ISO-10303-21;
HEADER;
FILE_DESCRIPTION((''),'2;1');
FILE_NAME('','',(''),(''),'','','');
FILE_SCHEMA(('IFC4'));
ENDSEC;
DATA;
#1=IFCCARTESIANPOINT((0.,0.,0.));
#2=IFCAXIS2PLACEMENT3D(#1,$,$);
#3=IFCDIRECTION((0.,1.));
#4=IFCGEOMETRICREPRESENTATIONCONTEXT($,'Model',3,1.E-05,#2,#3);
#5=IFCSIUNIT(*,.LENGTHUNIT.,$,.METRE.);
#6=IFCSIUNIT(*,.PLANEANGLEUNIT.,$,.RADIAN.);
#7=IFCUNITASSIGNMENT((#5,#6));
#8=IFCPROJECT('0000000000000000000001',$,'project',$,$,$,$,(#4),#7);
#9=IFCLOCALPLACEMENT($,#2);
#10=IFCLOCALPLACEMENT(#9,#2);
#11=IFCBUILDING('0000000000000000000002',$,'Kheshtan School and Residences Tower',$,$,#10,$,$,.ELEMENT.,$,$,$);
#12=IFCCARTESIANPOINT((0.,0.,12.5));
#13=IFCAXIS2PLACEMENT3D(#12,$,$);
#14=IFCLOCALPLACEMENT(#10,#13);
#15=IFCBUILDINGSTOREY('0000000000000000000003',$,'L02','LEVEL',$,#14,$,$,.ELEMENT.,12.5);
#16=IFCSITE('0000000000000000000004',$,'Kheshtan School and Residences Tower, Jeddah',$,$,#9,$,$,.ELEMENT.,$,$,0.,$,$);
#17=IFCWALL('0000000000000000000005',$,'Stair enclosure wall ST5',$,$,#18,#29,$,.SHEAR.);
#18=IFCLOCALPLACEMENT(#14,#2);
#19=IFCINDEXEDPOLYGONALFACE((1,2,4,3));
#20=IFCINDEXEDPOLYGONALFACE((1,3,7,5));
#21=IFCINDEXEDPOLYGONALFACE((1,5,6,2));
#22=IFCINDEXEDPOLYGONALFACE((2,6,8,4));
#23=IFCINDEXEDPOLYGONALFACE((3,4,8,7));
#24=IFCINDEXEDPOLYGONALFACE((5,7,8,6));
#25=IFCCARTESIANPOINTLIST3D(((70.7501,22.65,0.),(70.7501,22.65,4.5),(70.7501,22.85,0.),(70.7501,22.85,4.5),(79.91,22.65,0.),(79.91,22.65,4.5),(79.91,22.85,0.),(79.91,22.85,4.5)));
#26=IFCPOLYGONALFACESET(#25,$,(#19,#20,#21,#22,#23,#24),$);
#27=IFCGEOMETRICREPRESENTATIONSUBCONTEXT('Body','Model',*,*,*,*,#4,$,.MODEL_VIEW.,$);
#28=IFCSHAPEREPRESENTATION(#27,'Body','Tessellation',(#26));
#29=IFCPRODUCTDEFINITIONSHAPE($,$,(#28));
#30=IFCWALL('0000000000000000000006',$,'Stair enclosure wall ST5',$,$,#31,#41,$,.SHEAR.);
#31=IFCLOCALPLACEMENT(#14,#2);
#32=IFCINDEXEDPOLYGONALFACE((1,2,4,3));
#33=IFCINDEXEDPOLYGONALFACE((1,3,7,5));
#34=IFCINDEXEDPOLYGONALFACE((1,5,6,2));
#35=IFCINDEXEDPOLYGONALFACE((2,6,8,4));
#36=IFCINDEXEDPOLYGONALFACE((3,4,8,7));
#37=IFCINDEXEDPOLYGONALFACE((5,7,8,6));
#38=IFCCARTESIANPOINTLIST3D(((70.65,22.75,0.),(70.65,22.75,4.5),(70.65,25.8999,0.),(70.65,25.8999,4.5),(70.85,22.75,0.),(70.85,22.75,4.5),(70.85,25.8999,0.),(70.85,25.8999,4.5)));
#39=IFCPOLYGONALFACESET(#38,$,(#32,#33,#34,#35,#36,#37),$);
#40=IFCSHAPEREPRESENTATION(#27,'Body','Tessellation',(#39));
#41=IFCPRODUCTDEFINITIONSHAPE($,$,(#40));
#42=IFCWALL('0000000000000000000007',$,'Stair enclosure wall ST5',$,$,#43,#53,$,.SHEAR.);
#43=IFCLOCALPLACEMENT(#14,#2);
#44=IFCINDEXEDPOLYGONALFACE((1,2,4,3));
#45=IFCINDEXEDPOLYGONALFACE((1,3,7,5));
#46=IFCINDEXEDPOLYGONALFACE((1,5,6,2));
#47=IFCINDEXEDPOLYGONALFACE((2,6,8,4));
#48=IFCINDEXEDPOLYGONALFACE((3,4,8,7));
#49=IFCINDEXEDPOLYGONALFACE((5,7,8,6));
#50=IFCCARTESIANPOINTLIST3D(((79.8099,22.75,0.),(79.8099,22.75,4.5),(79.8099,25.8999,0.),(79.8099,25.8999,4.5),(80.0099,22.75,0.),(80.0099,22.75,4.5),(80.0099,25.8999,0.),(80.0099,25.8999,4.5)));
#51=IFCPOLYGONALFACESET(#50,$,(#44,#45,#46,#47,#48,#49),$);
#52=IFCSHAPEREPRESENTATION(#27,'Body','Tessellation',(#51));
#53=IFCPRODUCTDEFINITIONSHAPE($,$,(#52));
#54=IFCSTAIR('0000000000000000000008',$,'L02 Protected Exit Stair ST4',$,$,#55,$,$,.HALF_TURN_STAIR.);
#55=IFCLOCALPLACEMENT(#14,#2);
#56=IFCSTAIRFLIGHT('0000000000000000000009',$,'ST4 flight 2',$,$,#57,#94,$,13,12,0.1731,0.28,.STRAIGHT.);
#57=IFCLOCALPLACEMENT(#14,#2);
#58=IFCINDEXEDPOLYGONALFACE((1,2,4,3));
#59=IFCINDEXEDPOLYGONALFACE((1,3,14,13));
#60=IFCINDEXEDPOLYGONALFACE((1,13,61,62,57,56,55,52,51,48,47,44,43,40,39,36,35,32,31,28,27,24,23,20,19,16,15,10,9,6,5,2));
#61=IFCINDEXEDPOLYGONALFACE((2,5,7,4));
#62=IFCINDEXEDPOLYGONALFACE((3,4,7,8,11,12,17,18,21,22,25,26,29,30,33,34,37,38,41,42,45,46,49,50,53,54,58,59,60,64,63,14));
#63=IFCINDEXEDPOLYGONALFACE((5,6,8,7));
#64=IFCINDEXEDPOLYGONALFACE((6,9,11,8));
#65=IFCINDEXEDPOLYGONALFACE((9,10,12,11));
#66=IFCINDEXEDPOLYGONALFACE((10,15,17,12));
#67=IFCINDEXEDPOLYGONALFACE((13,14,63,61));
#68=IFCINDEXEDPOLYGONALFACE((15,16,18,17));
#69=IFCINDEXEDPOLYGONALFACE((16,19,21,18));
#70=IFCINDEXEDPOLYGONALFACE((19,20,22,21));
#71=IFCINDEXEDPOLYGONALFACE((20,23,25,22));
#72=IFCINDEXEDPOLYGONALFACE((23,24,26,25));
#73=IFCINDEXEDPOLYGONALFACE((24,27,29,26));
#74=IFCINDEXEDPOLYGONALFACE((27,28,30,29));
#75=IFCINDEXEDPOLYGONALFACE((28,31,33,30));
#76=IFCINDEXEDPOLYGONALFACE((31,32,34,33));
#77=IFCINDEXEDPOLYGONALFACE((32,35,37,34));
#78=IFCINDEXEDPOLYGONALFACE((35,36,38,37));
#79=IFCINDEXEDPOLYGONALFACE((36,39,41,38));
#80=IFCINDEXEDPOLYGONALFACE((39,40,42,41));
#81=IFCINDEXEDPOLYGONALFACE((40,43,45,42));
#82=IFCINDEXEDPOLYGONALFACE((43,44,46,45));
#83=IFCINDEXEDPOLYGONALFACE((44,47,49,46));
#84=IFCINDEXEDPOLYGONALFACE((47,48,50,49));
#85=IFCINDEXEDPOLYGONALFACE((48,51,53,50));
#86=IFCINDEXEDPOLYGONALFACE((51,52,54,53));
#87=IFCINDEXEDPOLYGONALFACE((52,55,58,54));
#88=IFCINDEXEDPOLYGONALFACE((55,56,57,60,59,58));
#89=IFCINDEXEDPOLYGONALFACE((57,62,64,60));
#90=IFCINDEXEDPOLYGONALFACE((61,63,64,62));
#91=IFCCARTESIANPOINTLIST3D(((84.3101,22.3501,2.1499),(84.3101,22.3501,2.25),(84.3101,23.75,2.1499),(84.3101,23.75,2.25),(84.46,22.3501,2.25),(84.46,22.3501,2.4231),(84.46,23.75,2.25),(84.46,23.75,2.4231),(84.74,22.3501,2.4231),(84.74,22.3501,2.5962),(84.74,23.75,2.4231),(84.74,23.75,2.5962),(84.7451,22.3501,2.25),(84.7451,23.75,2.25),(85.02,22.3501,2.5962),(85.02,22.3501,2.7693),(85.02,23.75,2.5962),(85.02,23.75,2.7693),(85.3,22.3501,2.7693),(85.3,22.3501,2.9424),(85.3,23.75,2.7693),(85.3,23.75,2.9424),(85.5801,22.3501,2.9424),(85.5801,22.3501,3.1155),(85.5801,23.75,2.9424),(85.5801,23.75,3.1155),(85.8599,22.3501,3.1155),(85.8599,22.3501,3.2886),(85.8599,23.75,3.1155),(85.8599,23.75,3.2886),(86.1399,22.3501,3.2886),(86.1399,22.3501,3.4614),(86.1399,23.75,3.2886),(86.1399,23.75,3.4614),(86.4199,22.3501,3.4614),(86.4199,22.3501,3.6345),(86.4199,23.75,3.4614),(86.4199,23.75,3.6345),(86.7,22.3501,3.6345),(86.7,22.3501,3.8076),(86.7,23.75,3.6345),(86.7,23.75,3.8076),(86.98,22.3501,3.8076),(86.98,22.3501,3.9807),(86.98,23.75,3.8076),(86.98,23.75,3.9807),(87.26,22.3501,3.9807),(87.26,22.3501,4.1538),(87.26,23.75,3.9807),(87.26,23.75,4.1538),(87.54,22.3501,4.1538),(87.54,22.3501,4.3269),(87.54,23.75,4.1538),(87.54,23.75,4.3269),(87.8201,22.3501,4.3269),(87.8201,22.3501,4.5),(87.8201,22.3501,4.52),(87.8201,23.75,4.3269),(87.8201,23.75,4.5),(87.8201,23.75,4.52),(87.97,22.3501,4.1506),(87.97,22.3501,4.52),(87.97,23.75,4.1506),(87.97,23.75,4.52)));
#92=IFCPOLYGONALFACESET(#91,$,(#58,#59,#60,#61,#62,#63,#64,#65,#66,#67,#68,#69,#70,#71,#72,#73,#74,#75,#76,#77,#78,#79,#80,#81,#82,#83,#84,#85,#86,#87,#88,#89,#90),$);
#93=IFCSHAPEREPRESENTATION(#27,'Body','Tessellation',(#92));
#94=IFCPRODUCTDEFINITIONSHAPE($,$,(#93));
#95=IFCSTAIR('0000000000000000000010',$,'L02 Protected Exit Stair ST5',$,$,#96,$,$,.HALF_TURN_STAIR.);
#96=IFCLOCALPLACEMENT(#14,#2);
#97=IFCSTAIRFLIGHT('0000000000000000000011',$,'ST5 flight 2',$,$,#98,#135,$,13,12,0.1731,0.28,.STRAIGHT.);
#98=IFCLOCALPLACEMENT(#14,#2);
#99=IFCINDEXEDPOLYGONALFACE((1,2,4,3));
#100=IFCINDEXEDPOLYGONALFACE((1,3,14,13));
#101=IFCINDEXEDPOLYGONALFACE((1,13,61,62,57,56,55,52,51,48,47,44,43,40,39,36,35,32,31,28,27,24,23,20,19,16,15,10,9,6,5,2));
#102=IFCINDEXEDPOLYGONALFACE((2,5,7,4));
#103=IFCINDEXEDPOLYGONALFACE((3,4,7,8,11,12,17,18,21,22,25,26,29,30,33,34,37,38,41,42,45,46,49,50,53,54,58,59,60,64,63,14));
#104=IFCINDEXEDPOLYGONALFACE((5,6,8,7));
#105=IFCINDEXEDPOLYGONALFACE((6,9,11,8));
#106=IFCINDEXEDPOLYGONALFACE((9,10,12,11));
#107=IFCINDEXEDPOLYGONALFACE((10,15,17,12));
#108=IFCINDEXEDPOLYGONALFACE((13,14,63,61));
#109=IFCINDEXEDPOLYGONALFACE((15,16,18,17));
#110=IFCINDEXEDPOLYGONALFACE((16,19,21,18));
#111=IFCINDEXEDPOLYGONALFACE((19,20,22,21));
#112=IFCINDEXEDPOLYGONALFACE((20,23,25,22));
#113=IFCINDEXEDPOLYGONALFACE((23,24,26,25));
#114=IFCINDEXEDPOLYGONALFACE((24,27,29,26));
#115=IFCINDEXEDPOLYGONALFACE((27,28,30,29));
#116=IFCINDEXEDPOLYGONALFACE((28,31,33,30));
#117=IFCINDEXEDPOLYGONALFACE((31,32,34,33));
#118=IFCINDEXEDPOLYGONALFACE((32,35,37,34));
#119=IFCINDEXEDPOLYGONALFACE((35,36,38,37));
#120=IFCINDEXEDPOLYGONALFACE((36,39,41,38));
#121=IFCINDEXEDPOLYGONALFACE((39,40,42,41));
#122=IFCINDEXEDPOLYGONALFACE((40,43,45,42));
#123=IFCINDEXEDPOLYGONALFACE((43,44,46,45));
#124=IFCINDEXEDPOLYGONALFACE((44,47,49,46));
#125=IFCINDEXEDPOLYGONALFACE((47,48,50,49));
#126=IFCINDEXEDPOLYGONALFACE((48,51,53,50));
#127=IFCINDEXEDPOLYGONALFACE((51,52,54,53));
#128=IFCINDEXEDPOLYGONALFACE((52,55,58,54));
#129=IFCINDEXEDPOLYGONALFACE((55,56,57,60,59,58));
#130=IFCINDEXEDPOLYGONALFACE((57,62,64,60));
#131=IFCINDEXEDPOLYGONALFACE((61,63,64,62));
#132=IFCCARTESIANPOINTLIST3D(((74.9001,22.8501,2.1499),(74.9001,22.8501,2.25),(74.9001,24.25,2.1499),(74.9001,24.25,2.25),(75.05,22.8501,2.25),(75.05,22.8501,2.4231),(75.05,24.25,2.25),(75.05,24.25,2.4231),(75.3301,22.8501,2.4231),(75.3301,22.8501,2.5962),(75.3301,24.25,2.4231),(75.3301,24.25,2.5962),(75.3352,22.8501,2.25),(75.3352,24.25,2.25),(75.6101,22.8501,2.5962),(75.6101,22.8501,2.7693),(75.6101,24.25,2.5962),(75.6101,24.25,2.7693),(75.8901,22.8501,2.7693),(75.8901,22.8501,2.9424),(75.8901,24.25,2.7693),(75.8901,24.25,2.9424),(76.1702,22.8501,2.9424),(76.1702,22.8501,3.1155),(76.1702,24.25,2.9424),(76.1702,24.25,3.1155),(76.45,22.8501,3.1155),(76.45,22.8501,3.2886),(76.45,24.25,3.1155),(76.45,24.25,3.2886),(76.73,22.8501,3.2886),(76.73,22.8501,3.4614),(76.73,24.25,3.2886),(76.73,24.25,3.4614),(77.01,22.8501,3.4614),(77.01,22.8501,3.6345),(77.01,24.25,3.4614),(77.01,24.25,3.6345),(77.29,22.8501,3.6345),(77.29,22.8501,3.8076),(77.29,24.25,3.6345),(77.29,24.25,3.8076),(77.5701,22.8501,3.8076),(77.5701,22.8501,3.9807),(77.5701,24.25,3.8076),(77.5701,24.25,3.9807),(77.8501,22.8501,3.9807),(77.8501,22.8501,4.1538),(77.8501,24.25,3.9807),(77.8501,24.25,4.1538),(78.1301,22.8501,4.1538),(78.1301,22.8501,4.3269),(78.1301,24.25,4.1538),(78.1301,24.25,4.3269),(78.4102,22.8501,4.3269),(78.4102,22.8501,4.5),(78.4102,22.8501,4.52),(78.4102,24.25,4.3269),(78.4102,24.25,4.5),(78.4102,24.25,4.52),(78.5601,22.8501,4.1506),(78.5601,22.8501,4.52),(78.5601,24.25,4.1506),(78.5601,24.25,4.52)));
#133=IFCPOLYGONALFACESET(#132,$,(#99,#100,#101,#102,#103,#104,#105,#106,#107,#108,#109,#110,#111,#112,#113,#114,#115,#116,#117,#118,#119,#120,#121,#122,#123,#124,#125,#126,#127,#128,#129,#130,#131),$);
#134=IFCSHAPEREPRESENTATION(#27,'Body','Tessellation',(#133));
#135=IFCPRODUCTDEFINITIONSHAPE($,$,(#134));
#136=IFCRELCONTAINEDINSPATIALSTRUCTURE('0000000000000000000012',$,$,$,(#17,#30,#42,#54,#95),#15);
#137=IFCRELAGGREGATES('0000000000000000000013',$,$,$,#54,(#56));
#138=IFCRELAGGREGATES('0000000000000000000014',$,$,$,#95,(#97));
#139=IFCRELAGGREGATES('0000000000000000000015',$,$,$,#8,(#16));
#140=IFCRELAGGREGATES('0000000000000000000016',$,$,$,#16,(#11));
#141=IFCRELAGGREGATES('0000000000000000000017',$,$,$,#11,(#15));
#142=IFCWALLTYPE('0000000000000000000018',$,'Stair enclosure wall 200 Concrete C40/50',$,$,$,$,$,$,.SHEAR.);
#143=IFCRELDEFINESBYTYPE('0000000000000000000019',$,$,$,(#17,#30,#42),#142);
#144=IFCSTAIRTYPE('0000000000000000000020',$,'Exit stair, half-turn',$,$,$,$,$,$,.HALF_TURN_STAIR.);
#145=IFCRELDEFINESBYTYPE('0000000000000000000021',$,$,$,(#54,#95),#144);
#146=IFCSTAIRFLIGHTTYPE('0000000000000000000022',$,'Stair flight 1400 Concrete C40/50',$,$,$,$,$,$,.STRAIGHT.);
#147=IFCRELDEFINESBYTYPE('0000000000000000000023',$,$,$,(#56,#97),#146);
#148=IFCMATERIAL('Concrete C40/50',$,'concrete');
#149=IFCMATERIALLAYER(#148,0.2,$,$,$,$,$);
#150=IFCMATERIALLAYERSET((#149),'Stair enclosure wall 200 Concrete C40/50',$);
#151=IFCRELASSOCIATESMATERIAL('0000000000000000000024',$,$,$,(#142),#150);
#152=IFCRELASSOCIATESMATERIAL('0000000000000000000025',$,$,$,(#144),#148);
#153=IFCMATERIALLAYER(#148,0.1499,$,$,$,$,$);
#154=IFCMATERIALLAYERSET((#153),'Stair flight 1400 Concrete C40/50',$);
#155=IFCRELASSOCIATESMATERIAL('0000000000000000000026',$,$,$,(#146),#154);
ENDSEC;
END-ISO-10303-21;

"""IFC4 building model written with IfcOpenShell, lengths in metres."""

from ifc_helpers import new_model, si_unit, direction, frame, frame_2d, origin, place, context, subcontext, project, spatial, polyline, rectangle, outline, extrude, material, layer, layer_set, type_object, element, aggregate, save


model = new_model("IFC4")

# Units and contexts
model_context = context("Model", 3, precision=1e-05, world=origin(), true_north=direction((0.0, 1.0)))
body_context = subcontext(model_context, "Body", "Model", "MODEL_VIEW")
ifc_project = project(units=[si_unit("LENGTHUNIT", "METRE"), si_unit("PLANEANGLEUNIT", "RADIAN")], contexts=[model_context])

# Site, building, storey
site_placement = place(None, origin())
site = spatial("IfcSite", under=ifc_project, at=site_placement, Name="Kheshtan School and Residences Tower, Jeddah", CompositionType="ELEMENT", RefElevation=0.0)
building_placement = place(site_placement, origin())
building = spatial("IfcBuilding", under=site, at=building_placement, Name="Kheshtan School and Residences Tower", CompositionType="ELEMENT")
storey_placement = place(building_placement, frame((0.0, 0.0, 12.5)))
storey = spatial("IfcBuildingStorey", under=building, at=storey_placement, Name="L02", Description="LEVEL", CompositionType="ELEMENT", Elevation=12.5)

# Walls
ifc_material_1 = material(Name="Concrete C40/50", Category="concrete")
ifc_layer_1 = layer(ifc_material_1, 0.2)
ifc_layer_set_1 = layer_set([ifc_layer_1], Name="Stair enclosure wall 200 Concrete C40/50")
wall_type_1 = type_object("IfcWallType", Name="Stair enclosure wall 200 Concrete C40/50", PredefinedType="SHEAR", material=ifc_layer_set_1)
wall_1_placement = place(storey_placement, frame((70.75, 22.75, 0.0), z_axis=(0.0, 0.0, 1.0), x_axis=(1.0, 0.0, 0.0)))
element("IfcWall", 1, at=wall_1_placement, inside=storey, type_object=wall_type_1, Name="Stair enclosure wall ST5", PredefinedType="SHEAR", context=body_context, shape_type="SweptSolid", body=[
    extrude(rectangle(XDim=9.1599, YDim=0.2, at=frame_2d((4.5801, 0.0))), origin(), (0.0, 0.0, 1.0), 4.5),
])
for number, where, z_axis, x_axis, name in (
    (2, (70.75, 22.75, 0.0), (0.0, 0.0, 1.0), (0.0, 1.0, 0.0), "Stair enclosure wall ST5"),
    (3, (79.9099, 22.75, 0.0), (0.0, 0.0, 1.0), (0.0, 1.0, 0.0), "Stair enclosure wall ST5"),
):
    element("IfcWall", number, at=place(storey_placement, frame(where, z_axis=z_axis, x_axis=x_axis)), inside=storey, type_object=wall_type_1, Name=name, PredefinedType="SHEAR", context=body_context, shape_type="SweptSolid", body=[
        extrude(rectangle(XDim=3.1499, YDim=0.2, at=frame_2d((1.575, 0.0))), origin(), (0.0, 0.0, 1.0), 4.5),
    ])

# Stairs, stair flights
stair_type = type_object("IfcStairType", Name="Exit stair, half-turn", PredefinedType="HALF_TURN_STAIR", material=ifc_material_1)
stair_1_placement = place(storey_placement, origin())
stair_1 = element("IfcStair", 4, at=stair_1_placement, inside=storey, type_object=stair_type, Name="L02 Protected Exit Stair ST4", PredefinedType="HALF_TURN_STAIR")
ifc_layer_2 = layer(ifc_material_1, 0.1499)
ifc_layer_set_2 = layer_set([ifc_layer_2], Name="Stair flight 1400 Concrete C40/50")
stair_flight_type = type_object("IfcStairFlightType", Name="Stair flight 1400 Concrete C40/50", PredefinedType="STRAIGHT", material=ifc_layer_set_2)
stair_flight_1_placement = place(storey_placement, frame((84.46, 23.05, 2.25), z_axis=(0.0, 0.0, 1.0), x_axis=(1.0, 0.0, 0.0)))
stair_flight_1 = element("IfcStairFlight", 5, at=stair_flight_1_placement, type_object=stair_flight_type, Name="ST4 flight 2", NumberOfRisers=13, NumberOfTreads=12, PredefinedType="STRAIGHT", RiserHeight=0.1731, TreadLength=0.28, context=body_context, shape_type="SweptSolid", body=[
    extrude(outline(polyline([(-0.1499, -0.1001), (-0.1499, 0.0), (0.0, 0.0), (0.0, 0.1731), (0.28, 0.1731), (0.28, 0.3462), (0.5601, 0.3462), (0.5601, 0.5193), (0.8401, 0.5193), (0.8401, 0.6924), (1.1201, 0.6924), (1.1201, 0.8655), (1.3999, 0.8655), (1.3999, 1.0386), (1.6799, 1.0386), (1.6799, 1.2114), (1.96, 1.2114), (1.96, 1.3845), (2.24, 1.3845), (2.24, 1.5576), (2.52, 1.5576), (2.52, 1.7307), (2.8, 1.7307), (2.8, 1.9038), (3.0801, 1.9038), (3.0801, 2.0769), (3.3601, 2.0769), (3.3601, 2.25), (3.3601, 2.27), (3.51, 2.27), (3.51, 1.9006), (0.2852, 0.0), (-0.1499, -0.1001)])), frame((0.0, 0.7, 0.0), z_axis=(0.0, -1.0, 0.0), x_axis=(1.0, 0.0, 0.0)), (0.0, 0.0, 1.0), 1.3999),
])
aggregate(stair_1, [stair_flight_1])
stair_2_placement = place(storey_placement, origin())
stair_2 = element("IfcStair", 6, at=stair_2_placement, inside=storey, type_object=stair_type, Name="L02 Protected Exit Stair ST5", PredefinedType="HALF_TURN_STAIR")
stair_flight_2_placement = place(storey_placement, frame((75.05, 23.55, 2.25), z_axis=(0.0, 0.0, 1.0), x_axis=(1.0, 0.0, 0.0)))
stair_flight_2 = element("IfcStairFlight", 7, at=stair_flight_2_placement, type_object=stair_flight_type, Name="ST5 flight 2", NumberOfRisers=13, NumberOfTreads=12, PredefinedType="STRAIGHT", RiserHeight=0.1731, TreadLength=0.28, context=body_context, shape_type="SweptSolid", body=[
    extrude(outline(polyline([(-0.1499, -0.1001), (-0.1499, 0.0), (0.0, 0.0), (0.0, 0.1731), (0.28, 0.1731), (0.28, 0.3462), (0.5601, 0.3462), (0.5601, 0.5193), (0.8401, 0.5193), (0.8401, 0.6924), (1.1201, 0.6924), (1.1201, 0.8655), (1.3999, 0.8655), (1.3999, 1.0386), (1.6799, 1.0386), (1.6799, 1.2114), (1.96, 1.2114), (1.96, 1.3845), (2.24, 1.3845), (2.24, 1.5576), (2.52, 1.5576), (2.52, 1.7307), (2.8, 1.7307), (2.8, 1.9038), (3.0801, 1.9038), (3.0801, 2.0769), (3.3601, 2.0769), (3.3601, 2.25), (3.3601, 2.27), (3.51, 2.27), (3.51, 1.9006), (0.2852, 0.0), (-0.1499, -0.1001)])), frame((0.0, 0.7, 0.0), z_axis=(0.0, -1.0, 0.0), x_axis=(1.0, 0.0, 0.0)), (0.0, 0.0, 1.0), 1.3999),
])
aggregate(stair_2, [stair_flight_2])

save(model, "model.ifc")
